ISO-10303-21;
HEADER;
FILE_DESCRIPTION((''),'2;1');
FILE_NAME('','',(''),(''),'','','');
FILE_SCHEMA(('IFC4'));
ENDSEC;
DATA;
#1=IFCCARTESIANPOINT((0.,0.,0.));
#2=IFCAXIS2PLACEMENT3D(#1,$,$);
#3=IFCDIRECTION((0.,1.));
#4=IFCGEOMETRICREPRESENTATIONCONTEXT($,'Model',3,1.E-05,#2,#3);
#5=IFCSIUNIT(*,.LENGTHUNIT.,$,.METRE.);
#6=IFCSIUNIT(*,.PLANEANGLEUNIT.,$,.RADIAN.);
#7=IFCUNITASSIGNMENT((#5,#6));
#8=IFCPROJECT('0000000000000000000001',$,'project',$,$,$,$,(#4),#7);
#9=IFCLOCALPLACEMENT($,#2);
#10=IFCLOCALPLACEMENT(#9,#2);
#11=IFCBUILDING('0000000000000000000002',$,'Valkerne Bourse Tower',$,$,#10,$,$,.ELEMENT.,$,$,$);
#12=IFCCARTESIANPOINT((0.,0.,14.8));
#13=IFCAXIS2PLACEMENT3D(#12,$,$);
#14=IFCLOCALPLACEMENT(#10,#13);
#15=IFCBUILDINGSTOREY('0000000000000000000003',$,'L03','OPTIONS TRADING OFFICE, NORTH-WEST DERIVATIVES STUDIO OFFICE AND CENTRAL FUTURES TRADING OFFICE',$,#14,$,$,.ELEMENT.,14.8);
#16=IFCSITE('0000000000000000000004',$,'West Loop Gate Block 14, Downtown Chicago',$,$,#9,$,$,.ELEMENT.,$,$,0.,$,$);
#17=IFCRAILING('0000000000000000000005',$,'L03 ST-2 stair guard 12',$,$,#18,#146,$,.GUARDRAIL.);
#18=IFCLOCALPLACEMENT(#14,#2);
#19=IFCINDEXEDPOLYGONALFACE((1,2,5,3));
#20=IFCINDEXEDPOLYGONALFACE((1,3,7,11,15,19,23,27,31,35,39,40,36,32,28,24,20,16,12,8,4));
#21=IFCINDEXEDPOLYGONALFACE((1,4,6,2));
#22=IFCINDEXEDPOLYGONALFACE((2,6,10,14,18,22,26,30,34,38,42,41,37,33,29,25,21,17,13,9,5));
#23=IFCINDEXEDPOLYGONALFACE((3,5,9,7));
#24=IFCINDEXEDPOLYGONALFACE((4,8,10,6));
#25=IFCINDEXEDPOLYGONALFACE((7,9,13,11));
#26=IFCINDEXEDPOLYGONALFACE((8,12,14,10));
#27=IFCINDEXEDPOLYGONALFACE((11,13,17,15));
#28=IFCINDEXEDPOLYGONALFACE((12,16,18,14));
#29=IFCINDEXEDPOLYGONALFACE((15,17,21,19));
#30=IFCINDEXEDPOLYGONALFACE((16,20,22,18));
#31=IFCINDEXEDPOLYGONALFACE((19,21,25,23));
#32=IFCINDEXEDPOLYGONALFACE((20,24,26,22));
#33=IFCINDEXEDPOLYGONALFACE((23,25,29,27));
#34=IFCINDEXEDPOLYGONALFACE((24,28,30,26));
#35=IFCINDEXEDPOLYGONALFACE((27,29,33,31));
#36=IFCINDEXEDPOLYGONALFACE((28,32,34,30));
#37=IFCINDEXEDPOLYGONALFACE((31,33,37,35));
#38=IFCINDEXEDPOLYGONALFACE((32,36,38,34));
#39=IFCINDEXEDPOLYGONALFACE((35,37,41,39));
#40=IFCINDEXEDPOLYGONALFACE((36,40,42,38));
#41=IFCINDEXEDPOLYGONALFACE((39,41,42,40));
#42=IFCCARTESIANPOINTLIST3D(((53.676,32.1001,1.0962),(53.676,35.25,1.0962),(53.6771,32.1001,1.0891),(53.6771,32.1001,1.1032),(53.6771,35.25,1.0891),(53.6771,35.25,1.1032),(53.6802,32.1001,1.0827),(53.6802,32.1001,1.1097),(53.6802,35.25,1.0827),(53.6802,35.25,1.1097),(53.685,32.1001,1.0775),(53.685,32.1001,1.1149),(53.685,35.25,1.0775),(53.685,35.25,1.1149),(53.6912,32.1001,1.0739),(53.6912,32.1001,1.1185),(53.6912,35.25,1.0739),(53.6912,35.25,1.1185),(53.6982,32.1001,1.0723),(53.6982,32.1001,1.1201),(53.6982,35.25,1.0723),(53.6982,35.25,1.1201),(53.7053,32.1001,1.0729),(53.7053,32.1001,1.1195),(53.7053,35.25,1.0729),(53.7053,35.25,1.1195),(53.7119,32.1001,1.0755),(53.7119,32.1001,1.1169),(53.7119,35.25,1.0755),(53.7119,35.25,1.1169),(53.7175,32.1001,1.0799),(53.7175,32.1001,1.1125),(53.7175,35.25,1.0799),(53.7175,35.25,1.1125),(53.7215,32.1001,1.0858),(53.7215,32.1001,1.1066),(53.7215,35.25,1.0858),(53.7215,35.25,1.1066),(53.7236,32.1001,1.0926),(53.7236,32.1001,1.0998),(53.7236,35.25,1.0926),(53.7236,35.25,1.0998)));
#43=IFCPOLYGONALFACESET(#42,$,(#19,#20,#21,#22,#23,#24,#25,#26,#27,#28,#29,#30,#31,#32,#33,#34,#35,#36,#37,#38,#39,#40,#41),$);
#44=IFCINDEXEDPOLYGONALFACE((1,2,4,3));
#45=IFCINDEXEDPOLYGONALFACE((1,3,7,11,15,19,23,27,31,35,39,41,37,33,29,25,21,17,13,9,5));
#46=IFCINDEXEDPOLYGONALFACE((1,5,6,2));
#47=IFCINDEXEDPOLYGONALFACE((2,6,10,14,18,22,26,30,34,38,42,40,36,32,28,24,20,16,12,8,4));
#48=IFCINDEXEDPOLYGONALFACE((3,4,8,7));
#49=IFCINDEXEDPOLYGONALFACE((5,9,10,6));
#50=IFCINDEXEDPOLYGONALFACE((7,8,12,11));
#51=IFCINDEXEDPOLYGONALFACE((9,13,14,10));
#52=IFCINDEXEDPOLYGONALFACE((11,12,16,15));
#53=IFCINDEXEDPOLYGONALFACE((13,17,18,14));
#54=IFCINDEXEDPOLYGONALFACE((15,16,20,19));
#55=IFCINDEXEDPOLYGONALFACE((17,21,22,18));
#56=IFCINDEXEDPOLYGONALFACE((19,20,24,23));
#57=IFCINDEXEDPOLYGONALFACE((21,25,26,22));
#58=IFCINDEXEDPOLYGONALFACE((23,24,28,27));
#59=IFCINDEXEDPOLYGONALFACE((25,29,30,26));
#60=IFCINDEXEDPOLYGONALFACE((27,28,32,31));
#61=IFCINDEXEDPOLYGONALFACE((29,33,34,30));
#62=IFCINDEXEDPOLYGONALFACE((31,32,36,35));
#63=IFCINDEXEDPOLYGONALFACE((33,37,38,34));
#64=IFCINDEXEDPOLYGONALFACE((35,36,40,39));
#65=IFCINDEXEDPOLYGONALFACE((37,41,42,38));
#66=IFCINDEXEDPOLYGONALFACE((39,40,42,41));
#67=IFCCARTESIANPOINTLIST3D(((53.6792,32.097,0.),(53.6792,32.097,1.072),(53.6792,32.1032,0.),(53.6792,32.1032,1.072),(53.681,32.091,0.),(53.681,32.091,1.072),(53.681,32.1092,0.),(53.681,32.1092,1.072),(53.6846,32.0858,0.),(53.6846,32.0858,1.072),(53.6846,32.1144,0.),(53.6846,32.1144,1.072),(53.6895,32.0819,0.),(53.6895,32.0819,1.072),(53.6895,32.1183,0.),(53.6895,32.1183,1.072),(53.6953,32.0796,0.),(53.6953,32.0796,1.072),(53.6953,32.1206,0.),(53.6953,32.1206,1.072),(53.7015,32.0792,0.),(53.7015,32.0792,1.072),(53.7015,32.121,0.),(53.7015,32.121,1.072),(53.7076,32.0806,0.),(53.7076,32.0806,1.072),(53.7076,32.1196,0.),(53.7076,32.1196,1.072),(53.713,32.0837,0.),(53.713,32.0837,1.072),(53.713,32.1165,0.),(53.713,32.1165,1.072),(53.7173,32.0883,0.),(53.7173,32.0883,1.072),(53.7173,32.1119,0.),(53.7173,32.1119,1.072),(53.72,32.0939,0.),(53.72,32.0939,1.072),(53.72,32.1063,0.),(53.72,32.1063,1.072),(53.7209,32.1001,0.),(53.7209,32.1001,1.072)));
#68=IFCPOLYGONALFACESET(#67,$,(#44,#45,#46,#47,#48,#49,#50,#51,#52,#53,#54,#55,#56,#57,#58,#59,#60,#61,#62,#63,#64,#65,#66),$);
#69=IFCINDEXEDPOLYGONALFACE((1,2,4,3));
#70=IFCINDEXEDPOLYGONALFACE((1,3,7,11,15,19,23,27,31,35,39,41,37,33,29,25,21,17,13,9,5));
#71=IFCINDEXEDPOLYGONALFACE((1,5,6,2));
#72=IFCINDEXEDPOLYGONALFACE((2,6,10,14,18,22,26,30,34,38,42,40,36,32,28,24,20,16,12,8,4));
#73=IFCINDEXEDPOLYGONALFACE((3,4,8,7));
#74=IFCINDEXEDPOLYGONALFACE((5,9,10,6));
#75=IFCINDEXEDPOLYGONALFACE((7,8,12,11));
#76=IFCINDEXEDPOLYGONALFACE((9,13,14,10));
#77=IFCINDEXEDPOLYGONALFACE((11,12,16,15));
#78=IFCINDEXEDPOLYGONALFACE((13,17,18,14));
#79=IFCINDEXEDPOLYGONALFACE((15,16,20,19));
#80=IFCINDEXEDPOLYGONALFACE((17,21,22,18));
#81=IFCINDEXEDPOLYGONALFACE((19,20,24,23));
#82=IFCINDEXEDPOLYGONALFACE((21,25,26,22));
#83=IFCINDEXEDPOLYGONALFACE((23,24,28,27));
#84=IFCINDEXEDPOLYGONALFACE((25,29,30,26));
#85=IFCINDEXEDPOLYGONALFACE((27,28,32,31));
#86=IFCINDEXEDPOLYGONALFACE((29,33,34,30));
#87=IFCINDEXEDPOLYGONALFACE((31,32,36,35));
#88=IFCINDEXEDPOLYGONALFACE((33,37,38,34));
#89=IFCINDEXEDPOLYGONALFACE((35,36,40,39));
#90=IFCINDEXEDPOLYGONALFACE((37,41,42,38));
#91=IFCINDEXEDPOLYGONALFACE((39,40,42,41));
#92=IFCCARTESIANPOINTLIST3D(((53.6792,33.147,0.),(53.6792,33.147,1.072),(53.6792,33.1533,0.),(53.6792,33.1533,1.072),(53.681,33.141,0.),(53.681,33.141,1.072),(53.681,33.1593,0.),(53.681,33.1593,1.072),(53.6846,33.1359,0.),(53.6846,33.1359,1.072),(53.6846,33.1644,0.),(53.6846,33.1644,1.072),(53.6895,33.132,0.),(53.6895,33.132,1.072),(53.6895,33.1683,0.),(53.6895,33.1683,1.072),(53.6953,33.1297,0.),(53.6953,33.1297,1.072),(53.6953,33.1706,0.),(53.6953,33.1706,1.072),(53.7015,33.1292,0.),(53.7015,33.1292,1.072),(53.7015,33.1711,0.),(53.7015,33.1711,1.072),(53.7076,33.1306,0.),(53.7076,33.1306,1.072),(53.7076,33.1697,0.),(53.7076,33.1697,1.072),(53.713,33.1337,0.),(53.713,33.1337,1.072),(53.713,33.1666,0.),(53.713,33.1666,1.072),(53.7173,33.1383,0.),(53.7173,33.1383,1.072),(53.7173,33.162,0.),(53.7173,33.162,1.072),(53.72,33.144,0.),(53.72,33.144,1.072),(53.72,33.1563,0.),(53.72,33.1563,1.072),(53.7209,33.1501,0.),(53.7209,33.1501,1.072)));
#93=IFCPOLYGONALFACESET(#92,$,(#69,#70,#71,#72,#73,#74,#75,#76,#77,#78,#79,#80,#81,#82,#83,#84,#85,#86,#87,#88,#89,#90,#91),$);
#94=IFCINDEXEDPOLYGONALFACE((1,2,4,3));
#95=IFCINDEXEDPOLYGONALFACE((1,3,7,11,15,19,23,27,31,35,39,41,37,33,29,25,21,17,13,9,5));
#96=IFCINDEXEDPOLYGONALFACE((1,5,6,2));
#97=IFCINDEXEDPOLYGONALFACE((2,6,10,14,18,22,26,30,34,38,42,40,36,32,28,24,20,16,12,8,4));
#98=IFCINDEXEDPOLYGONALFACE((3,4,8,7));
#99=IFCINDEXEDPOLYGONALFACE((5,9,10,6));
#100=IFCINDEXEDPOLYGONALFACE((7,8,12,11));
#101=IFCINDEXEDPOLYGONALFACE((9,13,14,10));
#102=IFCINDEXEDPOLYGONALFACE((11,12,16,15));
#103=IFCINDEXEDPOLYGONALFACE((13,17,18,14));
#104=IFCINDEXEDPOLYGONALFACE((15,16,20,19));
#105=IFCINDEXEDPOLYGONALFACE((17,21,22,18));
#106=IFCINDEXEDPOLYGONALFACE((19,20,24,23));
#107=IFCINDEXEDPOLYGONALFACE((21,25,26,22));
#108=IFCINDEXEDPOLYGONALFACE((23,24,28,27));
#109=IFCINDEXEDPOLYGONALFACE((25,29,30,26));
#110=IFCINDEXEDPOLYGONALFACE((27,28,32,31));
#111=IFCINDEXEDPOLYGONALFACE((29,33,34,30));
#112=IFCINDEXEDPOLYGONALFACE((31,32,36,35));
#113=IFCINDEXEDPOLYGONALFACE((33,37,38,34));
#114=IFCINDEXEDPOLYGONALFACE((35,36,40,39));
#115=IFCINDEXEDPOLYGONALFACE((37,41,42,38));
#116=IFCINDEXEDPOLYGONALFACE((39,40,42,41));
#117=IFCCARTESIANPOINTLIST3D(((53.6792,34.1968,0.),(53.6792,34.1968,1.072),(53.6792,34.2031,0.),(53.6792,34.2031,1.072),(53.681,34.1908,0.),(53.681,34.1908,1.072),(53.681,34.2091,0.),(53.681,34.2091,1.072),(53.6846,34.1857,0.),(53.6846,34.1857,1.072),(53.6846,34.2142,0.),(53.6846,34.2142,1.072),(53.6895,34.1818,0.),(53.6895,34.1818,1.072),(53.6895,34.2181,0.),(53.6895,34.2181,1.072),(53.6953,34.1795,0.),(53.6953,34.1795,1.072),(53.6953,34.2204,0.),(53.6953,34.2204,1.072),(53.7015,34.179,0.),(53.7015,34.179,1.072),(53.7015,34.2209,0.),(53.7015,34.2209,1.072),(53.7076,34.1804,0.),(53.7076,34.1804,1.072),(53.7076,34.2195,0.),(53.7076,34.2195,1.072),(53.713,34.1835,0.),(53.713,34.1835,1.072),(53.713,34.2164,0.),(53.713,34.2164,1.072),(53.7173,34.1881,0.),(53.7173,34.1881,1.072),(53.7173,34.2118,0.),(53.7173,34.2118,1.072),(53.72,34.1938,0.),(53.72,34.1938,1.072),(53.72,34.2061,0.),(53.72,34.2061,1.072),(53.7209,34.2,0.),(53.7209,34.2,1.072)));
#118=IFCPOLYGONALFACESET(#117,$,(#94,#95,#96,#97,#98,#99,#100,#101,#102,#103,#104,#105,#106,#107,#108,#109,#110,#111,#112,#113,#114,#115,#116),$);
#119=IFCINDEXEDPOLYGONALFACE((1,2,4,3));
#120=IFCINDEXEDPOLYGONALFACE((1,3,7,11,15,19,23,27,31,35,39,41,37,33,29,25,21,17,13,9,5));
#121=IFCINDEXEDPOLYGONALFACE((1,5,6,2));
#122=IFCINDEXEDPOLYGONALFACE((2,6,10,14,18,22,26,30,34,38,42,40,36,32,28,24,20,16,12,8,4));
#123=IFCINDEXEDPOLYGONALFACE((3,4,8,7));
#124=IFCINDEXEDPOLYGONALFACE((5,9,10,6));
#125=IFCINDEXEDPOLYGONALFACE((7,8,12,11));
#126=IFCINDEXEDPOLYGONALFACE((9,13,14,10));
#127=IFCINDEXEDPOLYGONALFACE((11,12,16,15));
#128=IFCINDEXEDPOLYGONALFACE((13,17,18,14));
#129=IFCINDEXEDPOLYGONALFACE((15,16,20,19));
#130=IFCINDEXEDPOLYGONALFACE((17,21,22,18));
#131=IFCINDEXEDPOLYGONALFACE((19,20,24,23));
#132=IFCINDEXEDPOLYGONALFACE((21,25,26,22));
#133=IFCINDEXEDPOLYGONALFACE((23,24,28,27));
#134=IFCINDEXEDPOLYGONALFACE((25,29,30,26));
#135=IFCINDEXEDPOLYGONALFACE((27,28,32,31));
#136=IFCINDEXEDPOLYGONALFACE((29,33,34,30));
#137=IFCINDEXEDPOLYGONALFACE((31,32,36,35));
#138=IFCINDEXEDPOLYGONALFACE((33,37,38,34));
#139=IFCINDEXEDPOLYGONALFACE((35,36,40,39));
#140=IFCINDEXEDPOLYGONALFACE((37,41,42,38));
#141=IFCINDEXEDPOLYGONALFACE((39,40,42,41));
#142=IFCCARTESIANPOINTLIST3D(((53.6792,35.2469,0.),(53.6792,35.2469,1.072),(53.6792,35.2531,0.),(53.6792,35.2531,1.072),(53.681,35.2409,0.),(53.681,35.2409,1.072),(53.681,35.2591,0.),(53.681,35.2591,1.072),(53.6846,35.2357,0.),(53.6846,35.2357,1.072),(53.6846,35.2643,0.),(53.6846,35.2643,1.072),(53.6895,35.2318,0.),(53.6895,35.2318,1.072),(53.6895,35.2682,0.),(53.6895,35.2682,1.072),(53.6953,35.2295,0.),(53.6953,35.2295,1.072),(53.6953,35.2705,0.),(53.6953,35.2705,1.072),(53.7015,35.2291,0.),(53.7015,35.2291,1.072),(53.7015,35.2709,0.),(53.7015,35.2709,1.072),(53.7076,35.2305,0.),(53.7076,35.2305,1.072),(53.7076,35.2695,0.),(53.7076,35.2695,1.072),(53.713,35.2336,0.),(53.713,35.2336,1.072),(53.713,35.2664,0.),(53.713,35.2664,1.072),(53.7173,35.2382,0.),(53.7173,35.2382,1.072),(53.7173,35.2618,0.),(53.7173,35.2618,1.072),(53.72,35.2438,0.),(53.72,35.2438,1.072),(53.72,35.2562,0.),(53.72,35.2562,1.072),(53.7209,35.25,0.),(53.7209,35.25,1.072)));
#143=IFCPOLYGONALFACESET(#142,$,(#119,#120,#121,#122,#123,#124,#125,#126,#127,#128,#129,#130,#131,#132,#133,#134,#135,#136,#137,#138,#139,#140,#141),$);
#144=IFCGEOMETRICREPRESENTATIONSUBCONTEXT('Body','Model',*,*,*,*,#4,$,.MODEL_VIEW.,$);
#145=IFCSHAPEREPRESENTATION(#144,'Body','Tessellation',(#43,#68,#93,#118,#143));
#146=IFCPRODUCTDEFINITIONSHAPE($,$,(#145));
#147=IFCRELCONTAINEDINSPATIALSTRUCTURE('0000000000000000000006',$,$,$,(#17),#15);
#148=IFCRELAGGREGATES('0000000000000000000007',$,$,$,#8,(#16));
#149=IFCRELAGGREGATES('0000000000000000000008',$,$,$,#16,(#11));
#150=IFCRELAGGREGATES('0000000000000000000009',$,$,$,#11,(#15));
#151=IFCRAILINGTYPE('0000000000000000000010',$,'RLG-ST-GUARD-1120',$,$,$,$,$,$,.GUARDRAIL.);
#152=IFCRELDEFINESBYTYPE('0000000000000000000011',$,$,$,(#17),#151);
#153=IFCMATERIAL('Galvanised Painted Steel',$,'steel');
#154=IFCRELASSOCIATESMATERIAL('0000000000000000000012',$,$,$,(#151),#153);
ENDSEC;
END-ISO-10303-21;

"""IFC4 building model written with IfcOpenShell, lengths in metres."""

from ifc_helpers import new_model, si_unit, direction, frame, origin, origin_2d, place, context, subcontext, project, spatial, circle, extrude, material, type_object, element, save


model = new_model("IFC4")

# Units and contexts
model_context = context("Model", 3, precision=1e-05, world=origin(), true_north=direction((0.0, 1.0)))
body_context = subcontext(model_context, "Body", "Model", "MODEL_VIEW")
ifc_project = project(units=[si_unit("LENGTHUNIT", "METRE"), si_unit("PLANEANGLEUNIT", "RADIAN")], contexts=[model_context])

# Site, building, storey
site_placement = place(None, origin())
site = spatial("IfcSite", under=ifc_project, at=site_placement, Name="West Loop Gate Block 14, Downtown Chicago", CompositionType="ELEMENT", RefElevation=0.0)
building_placement = place(site_placement, origin())
building = spatial("IfcBuilding", under=site, at=building_placement, Name="Valkerne Bourse Tower", CompositionType="ELEMENT")
storey_placement = place(building_placement, frame((0.0, 0.0, 14.8)))
storey = spatial("IfcBuildingStorey", under=building, at=storey_placement, Name="L03", Description="OPTIONS TRADING OFFICE, NORTH-WEST DERIVATIVES STUDIO OFFICE AND CENTRAL FUTURES TRADING OFFICE", CompositionType="ELEMENT", Elevation=14.8)

# Shared definitions
ifc_material_1 = material(Name="Galvanised Painted Steel", Category="steel")

# Railing
railing_type_1 = type_object("IfcRailingType", Name="RLG-ST-GUARD-1120", PredefinedType="GUARDRAIL", material=ifc_material_1)
railing_1_placement = place(storey_placement, frame((53.7, 32.1001, 0.0)))
element("IfcRailing", 1, at=railing_1_placement, inside=storey, type_object=railing_type_1, Name="L03 ST-2 stair guard 12", PredefinedType="GUARDRAIL", context=body_context, shape_type="SweptSolid", body=[
    extrude(circle(Radius=0.0239, at=origin_2d()), frame((0.0, 0.0, 1.0962), z_axis=(0.0, 1.0, 0.0), x_axis=(-1.0, 0.0, 0.0)), (0.0, 0.0, 1.0), 3.1499),
    extrude(circle(Radius=0.021, at=origin_2d()), origin(), (0.0, 0.0, 1.0), 1.072),
    extrude(circle(Radius=0.021, at=origin_2d()), frame((0.0, 1.05, 0.0)), (0.0, 0.0, 1.0), 1.072),
    extrude(circle(Radius=0.021, at=origin_2d()), frame((0.0, 2.0999, 0.0)), (0.0, 0.0, 1.0), 1.072),
    extrude(circle(Radius=0.021, at=origin_2d()), frame((0.0, 3.1499, 0.0)), (0.0, 0.0, 1.0), 1.072),
])

save(model, "model.ifc")
